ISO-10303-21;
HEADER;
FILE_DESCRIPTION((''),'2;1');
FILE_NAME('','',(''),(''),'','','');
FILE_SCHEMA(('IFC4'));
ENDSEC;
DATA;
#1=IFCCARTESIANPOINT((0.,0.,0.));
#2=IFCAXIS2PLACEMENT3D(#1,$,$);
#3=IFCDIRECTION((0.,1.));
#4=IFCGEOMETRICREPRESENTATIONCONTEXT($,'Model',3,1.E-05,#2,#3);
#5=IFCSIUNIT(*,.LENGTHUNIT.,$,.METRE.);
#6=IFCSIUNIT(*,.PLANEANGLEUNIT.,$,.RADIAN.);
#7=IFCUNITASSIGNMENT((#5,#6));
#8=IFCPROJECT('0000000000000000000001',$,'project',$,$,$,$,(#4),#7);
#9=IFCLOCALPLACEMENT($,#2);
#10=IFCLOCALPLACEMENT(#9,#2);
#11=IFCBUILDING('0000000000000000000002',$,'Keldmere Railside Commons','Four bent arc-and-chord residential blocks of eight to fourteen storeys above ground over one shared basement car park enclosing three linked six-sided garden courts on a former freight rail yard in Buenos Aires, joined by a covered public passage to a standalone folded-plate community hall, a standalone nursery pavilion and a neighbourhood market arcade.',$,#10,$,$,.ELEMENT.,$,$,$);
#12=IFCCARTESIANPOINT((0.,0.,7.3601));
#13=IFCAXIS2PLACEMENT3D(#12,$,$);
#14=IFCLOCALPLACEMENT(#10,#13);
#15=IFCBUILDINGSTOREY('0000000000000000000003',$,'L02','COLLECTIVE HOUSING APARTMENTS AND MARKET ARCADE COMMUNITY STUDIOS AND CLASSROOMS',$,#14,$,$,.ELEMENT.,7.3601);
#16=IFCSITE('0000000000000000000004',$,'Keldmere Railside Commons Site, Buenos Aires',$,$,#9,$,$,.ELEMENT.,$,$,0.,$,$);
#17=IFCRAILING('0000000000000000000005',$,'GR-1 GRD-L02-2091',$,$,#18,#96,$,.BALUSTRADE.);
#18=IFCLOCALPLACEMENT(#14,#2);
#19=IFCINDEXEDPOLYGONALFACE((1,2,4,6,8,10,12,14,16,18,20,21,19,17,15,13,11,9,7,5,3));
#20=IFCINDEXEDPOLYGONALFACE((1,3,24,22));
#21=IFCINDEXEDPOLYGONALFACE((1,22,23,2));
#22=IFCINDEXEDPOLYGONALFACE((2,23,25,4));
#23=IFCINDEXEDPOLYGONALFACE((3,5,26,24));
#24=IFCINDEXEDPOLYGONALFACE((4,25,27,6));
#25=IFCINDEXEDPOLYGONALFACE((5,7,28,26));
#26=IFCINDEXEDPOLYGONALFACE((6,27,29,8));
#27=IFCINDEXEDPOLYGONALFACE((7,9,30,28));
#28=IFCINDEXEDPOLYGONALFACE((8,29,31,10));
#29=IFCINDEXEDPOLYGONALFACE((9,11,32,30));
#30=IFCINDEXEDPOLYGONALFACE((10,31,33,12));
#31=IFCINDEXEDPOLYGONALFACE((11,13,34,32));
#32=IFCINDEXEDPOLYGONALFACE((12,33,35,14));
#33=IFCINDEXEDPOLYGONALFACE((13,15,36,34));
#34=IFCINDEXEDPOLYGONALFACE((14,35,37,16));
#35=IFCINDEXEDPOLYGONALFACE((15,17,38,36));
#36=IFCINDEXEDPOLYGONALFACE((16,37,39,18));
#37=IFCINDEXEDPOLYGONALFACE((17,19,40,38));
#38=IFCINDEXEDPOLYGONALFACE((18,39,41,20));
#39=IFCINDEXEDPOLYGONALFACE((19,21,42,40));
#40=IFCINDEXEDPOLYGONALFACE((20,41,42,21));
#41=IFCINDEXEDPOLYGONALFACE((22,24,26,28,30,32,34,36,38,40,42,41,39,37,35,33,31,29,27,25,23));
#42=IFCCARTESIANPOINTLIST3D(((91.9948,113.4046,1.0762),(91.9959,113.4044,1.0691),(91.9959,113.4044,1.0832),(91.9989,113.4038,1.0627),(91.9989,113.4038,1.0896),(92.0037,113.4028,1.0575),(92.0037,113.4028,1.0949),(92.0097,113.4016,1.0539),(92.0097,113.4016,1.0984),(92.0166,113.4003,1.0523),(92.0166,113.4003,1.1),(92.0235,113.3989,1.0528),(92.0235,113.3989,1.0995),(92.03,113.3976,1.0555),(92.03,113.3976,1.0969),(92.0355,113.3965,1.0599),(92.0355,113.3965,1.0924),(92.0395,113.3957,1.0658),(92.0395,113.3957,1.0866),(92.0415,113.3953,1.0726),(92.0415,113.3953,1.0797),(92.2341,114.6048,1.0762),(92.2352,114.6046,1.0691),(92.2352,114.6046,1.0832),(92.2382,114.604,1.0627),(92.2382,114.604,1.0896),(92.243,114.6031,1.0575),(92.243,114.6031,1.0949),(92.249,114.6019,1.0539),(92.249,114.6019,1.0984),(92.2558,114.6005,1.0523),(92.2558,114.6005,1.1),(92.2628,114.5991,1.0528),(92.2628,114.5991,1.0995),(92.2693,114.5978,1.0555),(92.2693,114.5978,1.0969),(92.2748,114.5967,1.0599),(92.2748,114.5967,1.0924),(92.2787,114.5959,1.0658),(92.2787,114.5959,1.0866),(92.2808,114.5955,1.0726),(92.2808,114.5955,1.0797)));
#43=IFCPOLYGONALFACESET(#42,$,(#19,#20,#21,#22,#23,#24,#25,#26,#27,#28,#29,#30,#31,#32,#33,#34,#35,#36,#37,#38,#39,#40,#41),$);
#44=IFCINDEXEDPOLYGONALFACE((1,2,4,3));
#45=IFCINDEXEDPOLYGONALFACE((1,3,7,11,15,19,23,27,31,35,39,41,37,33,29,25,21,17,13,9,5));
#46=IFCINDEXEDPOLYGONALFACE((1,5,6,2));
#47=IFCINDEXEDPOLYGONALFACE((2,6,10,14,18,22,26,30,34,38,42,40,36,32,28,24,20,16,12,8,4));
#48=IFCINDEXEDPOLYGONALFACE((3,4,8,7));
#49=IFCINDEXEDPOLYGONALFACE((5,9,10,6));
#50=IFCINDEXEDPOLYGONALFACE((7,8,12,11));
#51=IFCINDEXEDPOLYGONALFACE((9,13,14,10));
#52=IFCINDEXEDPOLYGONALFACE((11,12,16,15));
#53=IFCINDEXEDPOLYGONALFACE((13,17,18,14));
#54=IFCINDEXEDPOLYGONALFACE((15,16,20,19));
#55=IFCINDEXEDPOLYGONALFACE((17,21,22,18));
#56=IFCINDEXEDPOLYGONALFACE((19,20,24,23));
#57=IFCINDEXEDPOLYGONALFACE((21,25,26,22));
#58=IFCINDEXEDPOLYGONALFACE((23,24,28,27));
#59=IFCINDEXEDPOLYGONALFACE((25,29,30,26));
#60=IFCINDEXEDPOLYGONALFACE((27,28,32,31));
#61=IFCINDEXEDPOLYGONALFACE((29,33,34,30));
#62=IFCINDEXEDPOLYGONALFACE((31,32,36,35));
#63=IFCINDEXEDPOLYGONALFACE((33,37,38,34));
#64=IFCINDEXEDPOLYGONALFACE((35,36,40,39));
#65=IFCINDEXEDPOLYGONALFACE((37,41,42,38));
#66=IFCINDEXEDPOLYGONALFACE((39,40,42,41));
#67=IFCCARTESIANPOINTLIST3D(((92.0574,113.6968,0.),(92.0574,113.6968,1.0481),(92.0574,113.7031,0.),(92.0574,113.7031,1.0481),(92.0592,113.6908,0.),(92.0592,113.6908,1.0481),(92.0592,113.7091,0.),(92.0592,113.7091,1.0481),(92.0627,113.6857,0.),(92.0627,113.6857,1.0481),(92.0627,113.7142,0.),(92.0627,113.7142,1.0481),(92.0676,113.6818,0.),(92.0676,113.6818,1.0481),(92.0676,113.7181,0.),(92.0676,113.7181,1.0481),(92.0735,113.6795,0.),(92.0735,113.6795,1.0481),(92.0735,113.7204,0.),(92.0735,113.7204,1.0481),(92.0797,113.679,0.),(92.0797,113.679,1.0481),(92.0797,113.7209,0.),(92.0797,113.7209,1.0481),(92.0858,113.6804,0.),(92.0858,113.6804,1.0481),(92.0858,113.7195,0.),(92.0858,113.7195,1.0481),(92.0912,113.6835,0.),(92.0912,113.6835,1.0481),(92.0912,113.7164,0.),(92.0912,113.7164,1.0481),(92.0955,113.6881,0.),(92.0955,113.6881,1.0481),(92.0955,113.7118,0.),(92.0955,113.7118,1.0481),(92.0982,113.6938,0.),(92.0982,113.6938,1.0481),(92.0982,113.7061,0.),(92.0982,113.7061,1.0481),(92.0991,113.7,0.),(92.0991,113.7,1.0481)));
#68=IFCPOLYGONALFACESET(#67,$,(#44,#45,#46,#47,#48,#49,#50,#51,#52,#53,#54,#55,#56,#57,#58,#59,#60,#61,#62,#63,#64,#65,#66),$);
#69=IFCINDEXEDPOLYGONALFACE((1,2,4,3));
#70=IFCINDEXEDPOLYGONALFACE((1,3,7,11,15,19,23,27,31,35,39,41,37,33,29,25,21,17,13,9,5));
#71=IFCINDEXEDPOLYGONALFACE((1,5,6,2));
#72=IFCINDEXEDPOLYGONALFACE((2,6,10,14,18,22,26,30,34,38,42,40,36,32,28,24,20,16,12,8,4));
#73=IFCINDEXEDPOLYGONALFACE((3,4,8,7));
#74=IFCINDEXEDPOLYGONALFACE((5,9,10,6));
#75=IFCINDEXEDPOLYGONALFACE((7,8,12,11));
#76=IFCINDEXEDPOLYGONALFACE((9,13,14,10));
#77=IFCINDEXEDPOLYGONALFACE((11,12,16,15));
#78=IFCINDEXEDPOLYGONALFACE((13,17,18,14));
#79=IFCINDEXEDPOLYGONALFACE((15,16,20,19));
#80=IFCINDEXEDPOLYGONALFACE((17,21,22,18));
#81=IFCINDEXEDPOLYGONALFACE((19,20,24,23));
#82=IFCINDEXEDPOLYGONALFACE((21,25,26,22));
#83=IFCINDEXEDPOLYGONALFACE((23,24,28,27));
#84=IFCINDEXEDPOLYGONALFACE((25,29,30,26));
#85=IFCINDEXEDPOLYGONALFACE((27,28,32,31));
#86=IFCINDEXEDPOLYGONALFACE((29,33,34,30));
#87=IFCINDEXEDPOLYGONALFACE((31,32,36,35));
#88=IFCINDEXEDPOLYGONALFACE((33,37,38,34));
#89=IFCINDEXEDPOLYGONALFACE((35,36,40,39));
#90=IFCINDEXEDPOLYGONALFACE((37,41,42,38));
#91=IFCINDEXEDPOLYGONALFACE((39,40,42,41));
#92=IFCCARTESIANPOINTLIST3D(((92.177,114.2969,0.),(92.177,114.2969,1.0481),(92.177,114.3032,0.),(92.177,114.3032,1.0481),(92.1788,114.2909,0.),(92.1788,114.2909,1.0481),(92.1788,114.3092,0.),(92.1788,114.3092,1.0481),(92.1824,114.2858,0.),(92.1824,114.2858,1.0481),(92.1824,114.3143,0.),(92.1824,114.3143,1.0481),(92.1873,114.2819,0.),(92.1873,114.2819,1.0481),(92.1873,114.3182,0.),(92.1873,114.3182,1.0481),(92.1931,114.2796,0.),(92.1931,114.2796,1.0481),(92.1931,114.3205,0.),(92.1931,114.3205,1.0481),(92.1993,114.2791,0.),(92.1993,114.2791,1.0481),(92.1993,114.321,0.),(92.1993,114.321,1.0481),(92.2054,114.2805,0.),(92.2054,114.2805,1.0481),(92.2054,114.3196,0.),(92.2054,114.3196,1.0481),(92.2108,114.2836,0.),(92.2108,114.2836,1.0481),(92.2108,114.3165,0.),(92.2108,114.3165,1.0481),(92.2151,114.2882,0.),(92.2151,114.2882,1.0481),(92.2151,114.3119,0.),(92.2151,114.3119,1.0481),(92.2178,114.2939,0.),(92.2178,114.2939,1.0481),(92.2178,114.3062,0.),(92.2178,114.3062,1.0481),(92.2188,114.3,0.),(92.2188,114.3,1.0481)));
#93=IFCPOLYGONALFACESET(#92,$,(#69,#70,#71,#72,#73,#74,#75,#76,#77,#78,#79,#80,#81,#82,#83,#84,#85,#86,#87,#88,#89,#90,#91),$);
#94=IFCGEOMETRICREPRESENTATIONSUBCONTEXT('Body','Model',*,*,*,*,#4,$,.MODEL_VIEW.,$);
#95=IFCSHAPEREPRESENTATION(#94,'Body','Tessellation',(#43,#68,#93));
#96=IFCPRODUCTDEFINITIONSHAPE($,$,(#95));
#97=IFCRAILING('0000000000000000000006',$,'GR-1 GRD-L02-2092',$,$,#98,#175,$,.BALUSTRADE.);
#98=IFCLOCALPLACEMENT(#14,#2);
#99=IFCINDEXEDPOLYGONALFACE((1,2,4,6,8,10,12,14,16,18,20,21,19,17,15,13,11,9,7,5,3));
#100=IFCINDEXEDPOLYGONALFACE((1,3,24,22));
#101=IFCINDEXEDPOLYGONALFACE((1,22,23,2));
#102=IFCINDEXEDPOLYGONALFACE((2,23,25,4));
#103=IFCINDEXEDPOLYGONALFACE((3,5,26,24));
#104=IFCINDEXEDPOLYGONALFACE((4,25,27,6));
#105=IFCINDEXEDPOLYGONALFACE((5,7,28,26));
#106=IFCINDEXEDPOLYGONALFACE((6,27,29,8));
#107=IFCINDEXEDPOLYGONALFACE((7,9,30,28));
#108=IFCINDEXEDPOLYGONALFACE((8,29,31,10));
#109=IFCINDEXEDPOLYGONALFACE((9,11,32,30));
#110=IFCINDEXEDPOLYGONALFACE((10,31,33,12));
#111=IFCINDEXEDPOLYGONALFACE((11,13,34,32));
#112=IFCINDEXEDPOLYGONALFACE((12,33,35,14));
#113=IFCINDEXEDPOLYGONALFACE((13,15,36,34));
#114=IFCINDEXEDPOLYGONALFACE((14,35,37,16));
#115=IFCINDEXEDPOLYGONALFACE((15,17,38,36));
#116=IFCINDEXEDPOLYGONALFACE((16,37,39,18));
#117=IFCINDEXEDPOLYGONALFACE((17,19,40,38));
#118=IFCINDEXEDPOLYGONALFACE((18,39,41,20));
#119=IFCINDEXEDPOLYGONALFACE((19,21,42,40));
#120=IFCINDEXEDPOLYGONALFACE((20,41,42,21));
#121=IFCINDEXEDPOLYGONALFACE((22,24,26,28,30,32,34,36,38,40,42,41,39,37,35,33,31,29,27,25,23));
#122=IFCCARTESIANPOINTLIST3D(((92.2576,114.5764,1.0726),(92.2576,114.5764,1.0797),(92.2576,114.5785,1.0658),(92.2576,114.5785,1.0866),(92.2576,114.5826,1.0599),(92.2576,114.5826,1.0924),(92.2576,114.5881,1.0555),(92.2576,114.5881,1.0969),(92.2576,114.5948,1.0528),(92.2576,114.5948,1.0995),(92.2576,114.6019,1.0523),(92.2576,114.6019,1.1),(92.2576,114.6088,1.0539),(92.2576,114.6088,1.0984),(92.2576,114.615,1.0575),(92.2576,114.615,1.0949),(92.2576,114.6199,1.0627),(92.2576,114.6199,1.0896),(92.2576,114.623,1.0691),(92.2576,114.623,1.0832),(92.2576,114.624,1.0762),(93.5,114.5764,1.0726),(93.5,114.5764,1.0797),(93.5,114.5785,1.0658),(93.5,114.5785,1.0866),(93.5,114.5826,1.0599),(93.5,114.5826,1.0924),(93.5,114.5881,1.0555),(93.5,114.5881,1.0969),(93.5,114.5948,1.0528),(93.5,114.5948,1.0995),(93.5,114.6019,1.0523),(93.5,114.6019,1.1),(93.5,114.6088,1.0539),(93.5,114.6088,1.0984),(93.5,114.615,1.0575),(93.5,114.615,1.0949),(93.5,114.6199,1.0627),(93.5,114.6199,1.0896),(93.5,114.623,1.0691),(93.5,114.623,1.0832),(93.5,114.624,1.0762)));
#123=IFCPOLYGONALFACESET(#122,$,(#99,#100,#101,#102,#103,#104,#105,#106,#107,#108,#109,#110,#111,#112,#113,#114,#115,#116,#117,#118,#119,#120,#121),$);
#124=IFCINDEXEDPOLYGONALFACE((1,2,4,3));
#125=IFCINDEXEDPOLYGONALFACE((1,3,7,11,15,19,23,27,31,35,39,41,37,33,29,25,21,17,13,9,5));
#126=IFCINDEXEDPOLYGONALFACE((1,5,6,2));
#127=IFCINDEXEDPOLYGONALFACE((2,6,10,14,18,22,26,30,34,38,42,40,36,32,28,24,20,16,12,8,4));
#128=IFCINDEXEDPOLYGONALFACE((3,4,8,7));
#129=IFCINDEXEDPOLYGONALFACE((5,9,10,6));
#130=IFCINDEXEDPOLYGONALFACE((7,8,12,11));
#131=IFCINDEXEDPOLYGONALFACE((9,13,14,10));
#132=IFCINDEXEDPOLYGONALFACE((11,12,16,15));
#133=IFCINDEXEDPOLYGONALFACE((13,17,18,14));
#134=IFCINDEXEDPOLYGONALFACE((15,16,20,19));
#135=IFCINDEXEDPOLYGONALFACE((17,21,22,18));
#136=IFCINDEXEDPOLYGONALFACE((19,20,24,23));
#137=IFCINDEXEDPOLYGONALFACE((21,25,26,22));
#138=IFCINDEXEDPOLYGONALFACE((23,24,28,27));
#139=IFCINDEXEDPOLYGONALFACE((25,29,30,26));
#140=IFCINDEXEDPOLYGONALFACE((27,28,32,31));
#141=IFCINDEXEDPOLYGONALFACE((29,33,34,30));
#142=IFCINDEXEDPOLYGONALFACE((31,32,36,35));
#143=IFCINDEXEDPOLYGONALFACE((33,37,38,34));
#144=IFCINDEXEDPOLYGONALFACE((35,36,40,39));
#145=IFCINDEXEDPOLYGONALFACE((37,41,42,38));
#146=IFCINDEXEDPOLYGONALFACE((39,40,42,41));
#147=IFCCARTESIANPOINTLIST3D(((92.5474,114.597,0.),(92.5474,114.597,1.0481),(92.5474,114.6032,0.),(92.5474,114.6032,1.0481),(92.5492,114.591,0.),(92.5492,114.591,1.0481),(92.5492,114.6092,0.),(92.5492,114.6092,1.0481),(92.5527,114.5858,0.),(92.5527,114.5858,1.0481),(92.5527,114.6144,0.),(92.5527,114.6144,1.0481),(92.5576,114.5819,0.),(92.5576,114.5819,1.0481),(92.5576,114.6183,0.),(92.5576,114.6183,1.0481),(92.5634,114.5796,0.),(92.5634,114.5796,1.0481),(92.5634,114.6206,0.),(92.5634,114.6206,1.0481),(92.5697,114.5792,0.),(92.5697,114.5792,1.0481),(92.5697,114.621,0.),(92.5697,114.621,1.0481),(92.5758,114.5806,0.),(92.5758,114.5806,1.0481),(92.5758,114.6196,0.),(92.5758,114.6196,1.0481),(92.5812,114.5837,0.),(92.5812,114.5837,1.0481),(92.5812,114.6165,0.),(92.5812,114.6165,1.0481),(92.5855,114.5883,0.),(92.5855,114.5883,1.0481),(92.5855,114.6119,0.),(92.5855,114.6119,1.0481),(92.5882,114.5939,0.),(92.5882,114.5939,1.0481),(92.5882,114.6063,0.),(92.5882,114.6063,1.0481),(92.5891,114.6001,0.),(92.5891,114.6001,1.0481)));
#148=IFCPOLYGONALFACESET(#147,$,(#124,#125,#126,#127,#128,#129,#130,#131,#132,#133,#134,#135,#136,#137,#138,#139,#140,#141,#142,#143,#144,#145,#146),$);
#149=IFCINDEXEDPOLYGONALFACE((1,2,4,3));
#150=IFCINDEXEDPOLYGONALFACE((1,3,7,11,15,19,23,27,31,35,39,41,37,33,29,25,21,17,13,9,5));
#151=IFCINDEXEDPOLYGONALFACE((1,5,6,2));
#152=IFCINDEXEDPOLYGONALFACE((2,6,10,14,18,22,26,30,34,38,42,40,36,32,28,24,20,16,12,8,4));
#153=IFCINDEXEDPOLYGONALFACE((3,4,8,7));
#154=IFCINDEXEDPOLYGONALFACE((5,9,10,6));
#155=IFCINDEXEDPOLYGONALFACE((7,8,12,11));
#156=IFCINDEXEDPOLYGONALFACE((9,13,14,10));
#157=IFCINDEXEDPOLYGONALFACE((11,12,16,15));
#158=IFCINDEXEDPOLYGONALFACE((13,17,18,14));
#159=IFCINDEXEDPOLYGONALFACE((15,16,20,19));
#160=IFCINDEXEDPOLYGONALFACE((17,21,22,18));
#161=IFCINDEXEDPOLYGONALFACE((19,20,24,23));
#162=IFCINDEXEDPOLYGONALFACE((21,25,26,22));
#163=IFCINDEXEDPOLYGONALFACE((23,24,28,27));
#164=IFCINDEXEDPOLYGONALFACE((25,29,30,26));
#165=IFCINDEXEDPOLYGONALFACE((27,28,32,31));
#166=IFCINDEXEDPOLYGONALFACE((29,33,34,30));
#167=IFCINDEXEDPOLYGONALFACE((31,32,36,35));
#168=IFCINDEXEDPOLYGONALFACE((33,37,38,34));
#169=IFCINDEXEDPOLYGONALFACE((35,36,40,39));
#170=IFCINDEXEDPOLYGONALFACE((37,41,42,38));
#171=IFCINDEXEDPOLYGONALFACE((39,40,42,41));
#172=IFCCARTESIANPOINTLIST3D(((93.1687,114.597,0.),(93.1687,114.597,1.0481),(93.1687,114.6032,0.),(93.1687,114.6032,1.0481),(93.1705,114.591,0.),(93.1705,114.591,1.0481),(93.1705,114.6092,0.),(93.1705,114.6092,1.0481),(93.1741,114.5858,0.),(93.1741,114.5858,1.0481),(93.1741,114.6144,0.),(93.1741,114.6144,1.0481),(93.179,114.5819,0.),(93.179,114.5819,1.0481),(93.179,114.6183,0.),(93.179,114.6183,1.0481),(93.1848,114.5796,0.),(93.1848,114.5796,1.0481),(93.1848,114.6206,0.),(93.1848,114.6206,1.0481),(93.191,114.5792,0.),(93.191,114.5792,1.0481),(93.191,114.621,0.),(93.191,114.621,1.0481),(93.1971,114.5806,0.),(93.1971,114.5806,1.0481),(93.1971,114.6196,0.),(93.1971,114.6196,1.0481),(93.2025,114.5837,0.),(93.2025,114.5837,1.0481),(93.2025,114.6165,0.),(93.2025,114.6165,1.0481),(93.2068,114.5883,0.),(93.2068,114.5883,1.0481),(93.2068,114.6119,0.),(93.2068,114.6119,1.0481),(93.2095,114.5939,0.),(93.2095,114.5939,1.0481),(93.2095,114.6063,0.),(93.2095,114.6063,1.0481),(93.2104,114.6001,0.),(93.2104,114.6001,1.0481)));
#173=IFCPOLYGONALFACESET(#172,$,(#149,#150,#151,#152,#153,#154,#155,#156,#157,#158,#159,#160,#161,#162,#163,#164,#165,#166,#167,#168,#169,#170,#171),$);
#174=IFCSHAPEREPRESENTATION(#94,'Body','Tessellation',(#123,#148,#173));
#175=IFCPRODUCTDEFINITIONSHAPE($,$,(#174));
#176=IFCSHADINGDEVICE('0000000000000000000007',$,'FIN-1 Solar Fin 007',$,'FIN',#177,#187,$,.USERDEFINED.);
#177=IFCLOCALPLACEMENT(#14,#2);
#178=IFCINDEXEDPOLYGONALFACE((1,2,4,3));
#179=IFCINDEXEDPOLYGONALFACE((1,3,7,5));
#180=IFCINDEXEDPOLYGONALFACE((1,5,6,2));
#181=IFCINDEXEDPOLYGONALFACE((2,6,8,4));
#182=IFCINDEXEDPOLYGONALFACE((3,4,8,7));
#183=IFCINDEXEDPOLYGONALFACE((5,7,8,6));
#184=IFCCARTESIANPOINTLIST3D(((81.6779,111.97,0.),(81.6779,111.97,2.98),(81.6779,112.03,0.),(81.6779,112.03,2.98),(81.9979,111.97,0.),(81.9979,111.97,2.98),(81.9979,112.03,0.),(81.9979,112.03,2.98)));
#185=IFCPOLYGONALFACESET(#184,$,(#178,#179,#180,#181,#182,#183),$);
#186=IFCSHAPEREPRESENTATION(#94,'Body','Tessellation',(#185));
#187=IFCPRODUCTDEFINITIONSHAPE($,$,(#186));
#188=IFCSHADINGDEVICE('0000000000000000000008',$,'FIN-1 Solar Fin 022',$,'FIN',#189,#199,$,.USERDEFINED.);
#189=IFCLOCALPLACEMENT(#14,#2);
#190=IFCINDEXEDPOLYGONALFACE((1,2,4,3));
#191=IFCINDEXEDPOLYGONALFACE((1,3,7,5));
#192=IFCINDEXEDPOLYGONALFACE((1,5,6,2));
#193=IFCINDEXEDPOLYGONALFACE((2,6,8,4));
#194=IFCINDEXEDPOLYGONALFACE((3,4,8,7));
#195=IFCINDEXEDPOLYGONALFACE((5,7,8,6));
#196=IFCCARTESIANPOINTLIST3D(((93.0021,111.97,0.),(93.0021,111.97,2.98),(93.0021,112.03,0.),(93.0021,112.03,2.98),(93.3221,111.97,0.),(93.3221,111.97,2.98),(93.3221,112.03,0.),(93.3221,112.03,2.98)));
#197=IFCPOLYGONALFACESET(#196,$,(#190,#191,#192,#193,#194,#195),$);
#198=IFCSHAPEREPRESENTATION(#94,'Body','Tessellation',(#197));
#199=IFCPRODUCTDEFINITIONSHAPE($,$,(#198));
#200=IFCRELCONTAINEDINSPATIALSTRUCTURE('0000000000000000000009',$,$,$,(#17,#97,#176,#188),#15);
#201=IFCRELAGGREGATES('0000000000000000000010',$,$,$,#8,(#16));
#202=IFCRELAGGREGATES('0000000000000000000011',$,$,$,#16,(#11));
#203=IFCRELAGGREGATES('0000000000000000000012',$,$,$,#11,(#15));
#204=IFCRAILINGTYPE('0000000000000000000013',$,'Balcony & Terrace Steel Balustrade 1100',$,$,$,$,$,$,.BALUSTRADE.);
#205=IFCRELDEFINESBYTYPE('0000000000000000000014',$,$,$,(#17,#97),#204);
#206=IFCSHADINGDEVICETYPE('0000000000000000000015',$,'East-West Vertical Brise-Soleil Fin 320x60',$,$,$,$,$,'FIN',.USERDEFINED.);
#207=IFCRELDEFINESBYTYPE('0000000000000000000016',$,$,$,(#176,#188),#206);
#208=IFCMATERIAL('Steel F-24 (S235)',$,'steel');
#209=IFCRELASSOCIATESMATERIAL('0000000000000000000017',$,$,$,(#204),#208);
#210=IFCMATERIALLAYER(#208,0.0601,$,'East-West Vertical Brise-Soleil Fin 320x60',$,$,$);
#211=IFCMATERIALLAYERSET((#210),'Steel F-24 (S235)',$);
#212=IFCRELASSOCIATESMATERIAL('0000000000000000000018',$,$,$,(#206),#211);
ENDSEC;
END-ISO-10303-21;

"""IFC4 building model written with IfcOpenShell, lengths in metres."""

from ifc_helpers import new_model, si_unit, direction, frame, origin, origin_2d, place, context, subcontext, project, spatial, rectangle, circle, extrude, material, layer, layer_set, type_object, element, save


model = new_model("IFC4")

# Units and contexts
model_context = context("Model", 3, precision=1e-05, world=origin(), true_north=direction((0.0, 1.0)))
body_context = subcontext(model_context, "Body", "Model", "MODEL_VIEW")
ifc_project = project(units=[si_unit("LENGTHUNIT", "METRE"), si_unit("PLANEANGLEUNIT", "RADIAN")], contexts=[model_context])

# Site, building, storey
site_placement = place(None, origin())
site = spatial("IfcSite", under=ifc_project, at=site_placement, Name="Keldmere Railside Commons Site, Buenos Aires", CompositionType="ELEMENT", RefElevation=0.0)
building_placement = place(site_placement, origin())
building = spatial("IfcBuilding", under=site, at=building_placement, Name="Keldmere Railside Commons", Description="Four bent arc-and-chord residential blocks of eight to fourteen storeys above ground over one shared basement car park enclosing three linked six-sided garden courts on a former freight rail yard in Buenos Aires, joined by a covered public passage to a standalone folded-plate community hall, a standalone nursery pavilion and a neighbourhood market arcade.", CompositionType="ELEMENT")
storey_placement = place(building_placement, frame((0.0, 0.0, 7.3601)))
storey = spatial("IfcBuildingStorey", under=building, at=storey_placement, Name="L02", Description="COLLECTIVE HOUSING APARTMENTS AND MARKET ARCADE COMMUNITY STUDIOS AND CLASSROOMS", CompositionType="ELEMENT", Elevation=7.3601)

# Railings
ifc_material_1 = material(Name="Steel F-24 (S235)", Category="steel")
railing_type = type_object("IfcRailingType", Name="Balcony & Terrace Steel Balustrade 1100", PredefinedType="BALUSTRADE", material=ifc_material_1)
railing_1_placement = place(storey_placement, frame((92.0183, 113.3999, 0.0)))
element("IfcRailing", 1, at=railing_1_placement, inside=storey, type_object=railing_type, Name="GR-1 GRD-L02-2091", PredefinedType="BALUSTRADE", context=body_context, shape_type="SweptSolid", body=[
    extrude(circle(Radius=0.0239, at=origin_2d()), frame((0.0, 0.0, 1.0762), z_axis=(0.195502, 0.980703, 0.0), x_axis=(-0.980703, 0.195502, 0.0)), (0.0, 0.0, 1.0), 1.2239),
    extrude(circle(Radius=0.021, at=origin_2d()), frame((0.0598, 0.3, 0.0)), (0.0, 0.0, 1.0), 1.0481),
    extrude(circle(Radius=0.021, at=origin_2d()), frame((0.1794, 0.9001, 0.0)), (0.0, 0.0, 1.0), 1.0481),
])
railing_2_placement = place(storey_placement, frame((92.2576, 114.6001, 0.0)))
element("IfcRailing", 2, at=railing_2_placement, inside=storey, type_object=railing_type, Name="GR-1 GRD-L02-2092", PredefinedType="BALUSTRADE", context=body_context, shape_type="SweptSolid", body=[
    extrude(circle(Radius=0.0239, at=origin_2d()), frame((0.0, 0.0, 1.0762), z_axis=(1.0, 0.0, 0.0), x_axis=(0.0, 1.0, 0.0)), (0.0, 0.0, 1.0), 1.2424),
    extrude(circle(Radius=0.021, at=origin_2d()), frame((0.3105, 0.0, 0.0)), (0.0, 0.0, 1.0), 1.0481),
    extrude(circle(Radius=0.021, at=origin_2d()), frame((0.9319, 0.0, 0.0)), (0.0, 0.0, 1.0), 1.0481),
])

# Shading devices
ifc_layer_1 = layer(ifc_material_1, 0.0601, Name="East-West Vertical Brise-Soleil Fin 320x60")
ifc_layer_set_1 = layer_set([ifc_layer_1], Name="Steel F-24 (S235)")
shading_device_type = type_object("IfcShadingDeviceType", Name="East-West Vertical Brise-Soleil Fin 320x60", ElementType="FIN", PredefinedType="USERDEFINED", material=ifc_layer_set_1)
for number, where, z_axis, x_axis, name in (
    (3, (81.8379, 112.0, 0.0), (0.0, 0.0, 1.0), (1.0, 0.0, 0.0), "FIN-1 Solar Fin 007"),
    (4, (93.1621, 112.0, 0.0), (0.0, 0.0, 1.0), (1.0, 0.0, 0.0), "FIN-1 Solar Fin 022"),
):
    element("IfcShadingDevice", number, at=place(storey_placement, frame(where, z_axis=z_axis, x_axis=x_axis)), inside=storey, type_object=shading_device_type, Name=name, ObjectType="FIN", PredefinedType="USERDEFINED", context=body_context, shape_type="SweptSolid", body=[
        extrude(rectangle(XDim=0.3201, YDim=0.0601, at=origin_2d()), origin(), (0.0, 0.0, 1.0), 2.98),
    ])

save(model, "model.ifc")
